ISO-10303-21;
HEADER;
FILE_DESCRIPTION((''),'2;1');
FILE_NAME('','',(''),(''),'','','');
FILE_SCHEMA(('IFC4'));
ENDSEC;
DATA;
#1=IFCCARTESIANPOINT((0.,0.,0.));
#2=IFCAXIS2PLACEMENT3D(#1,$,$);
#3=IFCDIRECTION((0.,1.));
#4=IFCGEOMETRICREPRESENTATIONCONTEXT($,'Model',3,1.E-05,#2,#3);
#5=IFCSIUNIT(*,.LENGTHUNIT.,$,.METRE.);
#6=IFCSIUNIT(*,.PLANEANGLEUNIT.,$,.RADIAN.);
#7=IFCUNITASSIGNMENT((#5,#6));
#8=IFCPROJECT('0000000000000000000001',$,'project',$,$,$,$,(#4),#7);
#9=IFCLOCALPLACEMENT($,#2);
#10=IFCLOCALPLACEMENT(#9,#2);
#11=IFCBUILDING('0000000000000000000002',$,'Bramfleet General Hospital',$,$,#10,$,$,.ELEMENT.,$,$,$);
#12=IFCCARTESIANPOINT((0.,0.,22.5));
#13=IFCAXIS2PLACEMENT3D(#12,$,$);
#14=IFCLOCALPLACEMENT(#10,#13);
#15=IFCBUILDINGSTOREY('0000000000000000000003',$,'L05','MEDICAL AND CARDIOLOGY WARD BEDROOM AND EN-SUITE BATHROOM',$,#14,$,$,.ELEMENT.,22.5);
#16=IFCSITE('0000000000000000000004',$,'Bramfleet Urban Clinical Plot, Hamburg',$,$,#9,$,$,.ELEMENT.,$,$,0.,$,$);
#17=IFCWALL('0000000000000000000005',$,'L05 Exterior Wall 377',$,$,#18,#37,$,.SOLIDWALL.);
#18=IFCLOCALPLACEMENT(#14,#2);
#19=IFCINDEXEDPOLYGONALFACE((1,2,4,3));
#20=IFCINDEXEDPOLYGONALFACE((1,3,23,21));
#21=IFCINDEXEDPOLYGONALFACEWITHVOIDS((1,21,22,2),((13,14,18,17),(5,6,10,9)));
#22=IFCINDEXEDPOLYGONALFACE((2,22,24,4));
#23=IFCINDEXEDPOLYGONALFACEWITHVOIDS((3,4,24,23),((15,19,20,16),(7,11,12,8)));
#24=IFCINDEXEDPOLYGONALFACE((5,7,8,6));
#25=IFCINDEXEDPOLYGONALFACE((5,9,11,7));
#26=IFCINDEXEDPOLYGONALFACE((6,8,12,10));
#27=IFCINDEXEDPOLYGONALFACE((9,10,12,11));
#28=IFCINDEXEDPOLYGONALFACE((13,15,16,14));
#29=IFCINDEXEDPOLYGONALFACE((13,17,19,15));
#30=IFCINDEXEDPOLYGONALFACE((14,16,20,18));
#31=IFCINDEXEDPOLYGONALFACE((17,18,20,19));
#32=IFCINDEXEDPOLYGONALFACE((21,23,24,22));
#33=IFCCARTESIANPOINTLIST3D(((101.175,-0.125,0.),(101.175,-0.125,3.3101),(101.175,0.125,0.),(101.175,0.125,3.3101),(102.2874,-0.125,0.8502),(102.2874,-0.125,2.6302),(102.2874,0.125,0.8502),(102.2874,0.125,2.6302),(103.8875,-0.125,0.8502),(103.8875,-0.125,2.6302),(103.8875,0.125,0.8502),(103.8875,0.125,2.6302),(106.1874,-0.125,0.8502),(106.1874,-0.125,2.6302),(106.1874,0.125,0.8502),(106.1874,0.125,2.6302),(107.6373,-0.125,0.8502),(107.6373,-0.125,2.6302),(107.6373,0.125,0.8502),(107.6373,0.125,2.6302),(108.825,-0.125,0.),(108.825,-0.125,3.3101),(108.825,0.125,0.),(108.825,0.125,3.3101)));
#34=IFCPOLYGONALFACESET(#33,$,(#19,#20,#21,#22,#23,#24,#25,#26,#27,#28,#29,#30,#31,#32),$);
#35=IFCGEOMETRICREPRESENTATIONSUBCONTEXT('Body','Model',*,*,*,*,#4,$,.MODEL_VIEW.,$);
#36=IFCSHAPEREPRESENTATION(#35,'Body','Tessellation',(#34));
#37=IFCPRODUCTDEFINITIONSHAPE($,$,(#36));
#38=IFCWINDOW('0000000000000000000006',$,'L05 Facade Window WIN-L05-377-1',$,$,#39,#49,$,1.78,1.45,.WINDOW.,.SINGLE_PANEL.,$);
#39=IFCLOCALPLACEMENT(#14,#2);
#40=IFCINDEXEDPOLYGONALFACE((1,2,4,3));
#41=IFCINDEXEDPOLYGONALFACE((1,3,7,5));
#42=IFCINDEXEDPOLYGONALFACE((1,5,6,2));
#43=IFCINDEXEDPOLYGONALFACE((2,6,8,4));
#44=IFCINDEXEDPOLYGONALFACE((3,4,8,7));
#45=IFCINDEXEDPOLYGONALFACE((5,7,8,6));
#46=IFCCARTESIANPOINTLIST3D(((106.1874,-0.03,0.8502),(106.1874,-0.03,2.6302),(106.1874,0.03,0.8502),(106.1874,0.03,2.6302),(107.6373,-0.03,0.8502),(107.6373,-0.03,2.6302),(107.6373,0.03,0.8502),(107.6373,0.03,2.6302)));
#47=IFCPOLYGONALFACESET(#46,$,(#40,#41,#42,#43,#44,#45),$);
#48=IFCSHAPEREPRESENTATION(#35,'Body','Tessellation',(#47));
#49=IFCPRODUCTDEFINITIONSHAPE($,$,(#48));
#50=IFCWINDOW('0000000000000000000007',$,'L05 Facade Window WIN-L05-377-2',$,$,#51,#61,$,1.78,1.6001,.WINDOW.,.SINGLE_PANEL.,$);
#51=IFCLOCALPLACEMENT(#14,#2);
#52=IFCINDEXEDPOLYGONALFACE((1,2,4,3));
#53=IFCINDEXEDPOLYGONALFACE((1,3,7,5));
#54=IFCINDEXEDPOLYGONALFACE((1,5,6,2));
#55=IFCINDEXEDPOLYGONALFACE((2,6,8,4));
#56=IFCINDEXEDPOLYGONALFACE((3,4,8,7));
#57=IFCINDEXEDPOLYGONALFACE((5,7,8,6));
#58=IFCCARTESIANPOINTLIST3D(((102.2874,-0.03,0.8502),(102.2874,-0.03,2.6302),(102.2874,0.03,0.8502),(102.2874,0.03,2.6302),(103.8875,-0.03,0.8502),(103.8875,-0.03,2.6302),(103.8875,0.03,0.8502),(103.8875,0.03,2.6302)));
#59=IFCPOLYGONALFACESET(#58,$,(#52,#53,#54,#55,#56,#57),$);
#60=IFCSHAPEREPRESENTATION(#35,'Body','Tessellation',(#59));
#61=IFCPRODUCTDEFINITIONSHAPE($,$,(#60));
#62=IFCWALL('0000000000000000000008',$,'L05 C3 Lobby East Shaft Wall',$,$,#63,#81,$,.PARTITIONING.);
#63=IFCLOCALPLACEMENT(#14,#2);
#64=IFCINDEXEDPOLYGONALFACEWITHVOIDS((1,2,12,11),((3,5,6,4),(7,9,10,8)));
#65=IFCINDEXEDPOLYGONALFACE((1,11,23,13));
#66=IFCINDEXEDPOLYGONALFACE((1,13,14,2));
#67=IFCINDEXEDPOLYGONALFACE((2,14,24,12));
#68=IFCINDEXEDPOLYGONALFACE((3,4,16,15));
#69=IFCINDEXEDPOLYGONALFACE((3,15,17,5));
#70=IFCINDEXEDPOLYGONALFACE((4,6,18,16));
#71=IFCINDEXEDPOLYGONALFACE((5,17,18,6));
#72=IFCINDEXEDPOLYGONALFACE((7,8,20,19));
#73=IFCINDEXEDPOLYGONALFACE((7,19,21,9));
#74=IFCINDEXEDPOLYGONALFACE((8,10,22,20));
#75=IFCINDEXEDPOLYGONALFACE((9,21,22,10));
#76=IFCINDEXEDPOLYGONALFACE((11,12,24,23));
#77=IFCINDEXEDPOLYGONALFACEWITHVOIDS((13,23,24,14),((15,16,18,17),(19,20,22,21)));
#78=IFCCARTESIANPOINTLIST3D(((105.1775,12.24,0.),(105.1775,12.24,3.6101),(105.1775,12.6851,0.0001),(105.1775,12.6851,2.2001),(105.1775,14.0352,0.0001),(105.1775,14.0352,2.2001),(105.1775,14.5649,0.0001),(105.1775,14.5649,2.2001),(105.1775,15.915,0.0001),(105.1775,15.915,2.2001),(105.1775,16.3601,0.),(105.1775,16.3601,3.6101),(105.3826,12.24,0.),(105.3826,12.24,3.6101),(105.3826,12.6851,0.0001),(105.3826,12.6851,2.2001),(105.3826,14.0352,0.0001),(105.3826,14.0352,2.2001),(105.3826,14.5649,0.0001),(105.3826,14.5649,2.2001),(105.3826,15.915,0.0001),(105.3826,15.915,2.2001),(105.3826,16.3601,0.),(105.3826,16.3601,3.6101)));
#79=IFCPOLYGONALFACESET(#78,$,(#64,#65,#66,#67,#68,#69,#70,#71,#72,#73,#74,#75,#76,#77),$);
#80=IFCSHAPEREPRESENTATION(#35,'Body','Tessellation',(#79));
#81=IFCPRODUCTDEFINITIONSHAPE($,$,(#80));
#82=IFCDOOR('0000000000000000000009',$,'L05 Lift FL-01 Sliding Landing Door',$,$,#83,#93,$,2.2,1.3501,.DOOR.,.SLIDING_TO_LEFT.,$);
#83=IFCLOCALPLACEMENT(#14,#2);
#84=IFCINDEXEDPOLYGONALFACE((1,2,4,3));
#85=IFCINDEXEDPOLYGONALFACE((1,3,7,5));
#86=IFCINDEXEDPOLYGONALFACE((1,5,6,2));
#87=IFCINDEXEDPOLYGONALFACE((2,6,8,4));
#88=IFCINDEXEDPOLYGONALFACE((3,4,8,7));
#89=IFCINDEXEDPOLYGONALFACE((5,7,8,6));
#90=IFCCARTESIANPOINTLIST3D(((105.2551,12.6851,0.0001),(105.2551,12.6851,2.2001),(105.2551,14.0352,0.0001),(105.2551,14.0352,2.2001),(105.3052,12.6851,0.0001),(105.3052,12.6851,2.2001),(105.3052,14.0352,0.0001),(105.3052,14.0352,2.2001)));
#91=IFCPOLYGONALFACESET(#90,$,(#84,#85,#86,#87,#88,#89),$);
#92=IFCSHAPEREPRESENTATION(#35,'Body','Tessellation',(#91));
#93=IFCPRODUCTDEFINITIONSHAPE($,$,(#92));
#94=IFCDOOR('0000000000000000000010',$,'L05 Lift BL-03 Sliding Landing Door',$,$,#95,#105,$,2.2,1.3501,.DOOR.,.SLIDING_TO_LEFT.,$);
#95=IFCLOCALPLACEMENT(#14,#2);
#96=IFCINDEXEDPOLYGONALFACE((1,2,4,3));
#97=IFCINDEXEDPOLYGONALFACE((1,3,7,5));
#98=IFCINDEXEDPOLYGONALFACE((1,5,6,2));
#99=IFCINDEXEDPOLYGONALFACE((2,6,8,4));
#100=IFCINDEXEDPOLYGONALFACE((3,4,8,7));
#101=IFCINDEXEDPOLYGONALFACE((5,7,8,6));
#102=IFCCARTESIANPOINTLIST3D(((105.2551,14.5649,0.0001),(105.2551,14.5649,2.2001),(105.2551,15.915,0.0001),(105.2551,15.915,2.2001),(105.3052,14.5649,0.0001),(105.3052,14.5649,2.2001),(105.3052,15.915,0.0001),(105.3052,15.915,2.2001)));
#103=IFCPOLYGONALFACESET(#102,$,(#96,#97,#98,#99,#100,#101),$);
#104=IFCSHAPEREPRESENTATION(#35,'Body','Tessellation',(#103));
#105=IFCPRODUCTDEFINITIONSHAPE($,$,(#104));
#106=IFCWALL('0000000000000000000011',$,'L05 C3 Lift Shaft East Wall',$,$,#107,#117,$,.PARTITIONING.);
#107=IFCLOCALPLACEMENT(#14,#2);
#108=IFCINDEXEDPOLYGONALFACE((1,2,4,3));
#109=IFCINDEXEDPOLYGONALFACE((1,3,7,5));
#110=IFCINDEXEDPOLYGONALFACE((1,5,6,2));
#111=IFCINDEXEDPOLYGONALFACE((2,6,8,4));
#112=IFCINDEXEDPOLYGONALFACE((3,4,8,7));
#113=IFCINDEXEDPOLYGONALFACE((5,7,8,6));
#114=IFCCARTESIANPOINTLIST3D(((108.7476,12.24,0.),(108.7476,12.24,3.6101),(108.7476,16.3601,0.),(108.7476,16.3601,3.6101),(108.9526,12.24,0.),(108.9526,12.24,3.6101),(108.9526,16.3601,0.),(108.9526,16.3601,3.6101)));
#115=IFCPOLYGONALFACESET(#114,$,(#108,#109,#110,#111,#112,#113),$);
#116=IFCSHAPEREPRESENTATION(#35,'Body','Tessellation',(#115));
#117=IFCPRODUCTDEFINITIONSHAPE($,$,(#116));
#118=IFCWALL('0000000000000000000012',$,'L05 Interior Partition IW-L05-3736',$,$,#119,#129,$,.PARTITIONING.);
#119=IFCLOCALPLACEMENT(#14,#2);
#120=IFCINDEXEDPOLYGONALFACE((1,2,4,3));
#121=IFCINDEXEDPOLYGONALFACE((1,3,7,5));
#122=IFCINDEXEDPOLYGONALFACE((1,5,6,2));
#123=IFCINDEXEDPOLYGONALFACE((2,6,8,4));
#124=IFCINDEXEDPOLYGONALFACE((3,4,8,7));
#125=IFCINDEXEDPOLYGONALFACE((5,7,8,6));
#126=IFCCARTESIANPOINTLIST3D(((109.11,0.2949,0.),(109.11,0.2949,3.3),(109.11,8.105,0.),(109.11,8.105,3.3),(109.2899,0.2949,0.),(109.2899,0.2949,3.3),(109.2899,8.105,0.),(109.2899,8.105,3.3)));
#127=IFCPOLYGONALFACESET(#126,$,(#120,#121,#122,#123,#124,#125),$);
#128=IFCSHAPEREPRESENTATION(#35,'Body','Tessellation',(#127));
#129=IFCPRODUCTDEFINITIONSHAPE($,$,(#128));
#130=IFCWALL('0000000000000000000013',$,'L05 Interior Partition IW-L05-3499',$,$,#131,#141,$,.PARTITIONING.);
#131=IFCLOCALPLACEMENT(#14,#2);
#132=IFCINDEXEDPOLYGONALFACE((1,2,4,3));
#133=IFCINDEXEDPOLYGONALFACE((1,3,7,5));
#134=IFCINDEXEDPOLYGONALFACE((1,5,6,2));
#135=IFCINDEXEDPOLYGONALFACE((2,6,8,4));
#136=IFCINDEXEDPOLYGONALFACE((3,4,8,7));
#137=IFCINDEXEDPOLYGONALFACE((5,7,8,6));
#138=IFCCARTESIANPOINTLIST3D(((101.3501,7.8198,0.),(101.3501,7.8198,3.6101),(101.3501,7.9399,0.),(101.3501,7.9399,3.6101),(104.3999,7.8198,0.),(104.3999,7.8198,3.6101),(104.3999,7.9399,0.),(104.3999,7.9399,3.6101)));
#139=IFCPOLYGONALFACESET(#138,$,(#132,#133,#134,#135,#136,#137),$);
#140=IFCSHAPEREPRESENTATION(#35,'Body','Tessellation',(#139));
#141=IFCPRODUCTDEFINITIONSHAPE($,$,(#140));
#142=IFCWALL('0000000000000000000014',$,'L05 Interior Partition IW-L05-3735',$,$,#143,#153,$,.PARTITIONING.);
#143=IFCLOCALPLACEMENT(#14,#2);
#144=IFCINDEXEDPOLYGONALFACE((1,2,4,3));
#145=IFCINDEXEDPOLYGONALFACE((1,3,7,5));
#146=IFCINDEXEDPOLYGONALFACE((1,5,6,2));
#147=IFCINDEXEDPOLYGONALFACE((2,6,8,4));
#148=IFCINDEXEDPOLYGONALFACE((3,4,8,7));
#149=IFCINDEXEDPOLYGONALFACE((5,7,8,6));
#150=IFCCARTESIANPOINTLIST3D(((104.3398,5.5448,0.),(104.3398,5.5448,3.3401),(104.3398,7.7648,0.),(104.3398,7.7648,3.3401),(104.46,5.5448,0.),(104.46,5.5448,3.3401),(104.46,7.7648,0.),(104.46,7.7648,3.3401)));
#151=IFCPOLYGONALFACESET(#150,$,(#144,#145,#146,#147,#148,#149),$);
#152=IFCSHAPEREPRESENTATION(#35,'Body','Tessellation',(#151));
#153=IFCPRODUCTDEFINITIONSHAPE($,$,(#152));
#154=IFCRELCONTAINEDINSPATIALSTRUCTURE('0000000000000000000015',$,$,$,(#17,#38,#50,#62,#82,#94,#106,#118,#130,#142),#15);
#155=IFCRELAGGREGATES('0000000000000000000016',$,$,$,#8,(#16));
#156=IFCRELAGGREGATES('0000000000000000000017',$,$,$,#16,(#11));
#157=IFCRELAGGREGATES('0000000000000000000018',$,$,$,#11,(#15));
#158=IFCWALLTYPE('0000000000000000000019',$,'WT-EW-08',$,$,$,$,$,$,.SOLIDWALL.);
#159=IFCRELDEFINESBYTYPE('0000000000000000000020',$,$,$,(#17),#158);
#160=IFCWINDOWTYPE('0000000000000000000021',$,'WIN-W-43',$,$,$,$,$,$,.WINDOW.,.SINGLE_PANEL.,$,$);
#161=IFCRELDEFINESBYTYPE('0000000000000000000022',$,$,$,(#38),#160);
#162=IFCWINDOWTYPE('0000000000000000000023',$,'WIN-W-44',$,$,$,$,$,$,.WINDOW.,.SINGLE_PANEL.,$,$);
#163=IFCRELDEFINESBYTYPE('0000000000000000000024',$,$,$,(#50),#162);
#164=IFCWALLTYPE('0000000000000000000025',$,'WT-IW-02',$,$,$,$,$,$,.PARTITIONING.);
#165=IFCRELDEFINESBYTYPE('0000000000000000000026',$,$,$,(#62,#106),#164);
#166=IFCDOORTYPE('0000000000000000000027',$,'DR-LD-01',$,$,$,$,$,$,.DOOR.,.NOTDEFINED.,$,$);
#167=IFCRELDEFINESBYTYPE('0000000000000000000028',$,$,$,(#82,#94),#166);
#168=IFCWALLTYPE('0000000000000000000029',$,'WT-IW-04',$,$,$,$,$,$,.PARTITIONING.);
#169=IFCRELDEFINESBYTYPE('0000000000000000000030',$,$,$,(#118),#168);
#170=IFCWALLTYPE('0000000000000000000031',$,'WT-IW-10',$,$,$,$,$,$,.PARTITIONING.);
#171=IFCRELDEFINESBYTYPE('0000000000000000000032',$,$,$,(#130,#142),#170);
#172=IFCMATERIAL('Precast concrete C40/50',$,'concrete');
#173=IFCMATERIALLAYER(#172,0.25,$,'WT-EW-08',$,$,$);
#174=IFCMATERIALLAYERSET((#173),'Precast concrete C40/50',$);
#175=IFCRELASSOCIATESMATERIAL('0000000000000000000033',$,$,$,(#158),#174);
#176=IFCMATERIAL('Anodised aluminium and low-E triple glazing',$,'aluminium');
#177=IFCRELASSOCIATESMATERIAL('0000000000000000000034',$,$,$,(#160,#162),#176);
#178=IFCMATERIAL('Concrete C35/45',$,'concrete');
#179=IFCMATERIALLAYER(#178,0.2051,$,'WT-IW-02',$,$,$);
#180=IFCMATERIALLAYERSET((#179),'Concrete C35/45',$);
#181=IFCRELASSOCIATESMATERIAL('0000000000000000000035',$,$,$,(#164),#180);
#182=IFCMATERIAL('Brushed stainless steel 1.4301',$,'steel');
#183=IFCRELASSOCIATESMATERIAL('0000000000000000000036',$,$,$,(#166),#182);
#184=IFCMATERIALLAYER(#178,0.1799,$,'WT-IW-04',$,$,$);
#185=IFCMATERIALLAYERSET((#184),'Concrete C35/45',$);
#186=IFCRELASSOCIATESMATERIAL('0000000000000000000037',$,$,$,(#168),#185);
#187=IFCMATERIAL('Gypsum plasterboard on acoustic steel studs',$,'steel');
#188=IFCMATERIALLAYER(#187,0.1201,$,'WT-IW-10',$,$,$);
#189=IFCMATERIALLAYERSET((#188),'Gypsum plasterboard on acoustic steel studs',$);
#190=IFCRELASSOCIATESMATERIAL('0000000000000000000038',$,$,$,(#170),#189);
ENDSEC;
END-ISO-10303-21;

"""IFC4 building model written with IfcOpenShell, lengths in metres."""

from ifc_helpers import new_model, si_unit, direction, frame, frame_2d, origin, place, context, subcontext, project, spatial, rectangle, extrude, material, layer, layer_set, type_object, element, fill, save


model = new_model("IFC4")

# Units and contexts
model_context = context("Model", 3, precision=1e-05, world=origin(), true_north=direction((0.0, 1.0)))
body_context = subcontext(model_context, "Body", "Model", "MODEL_VIEW")
ifc_project = project(units=[si_unit("LENGTHUNIT", "METRE"), si_unit("PLANEANGLEUNIT", "RADIAN")], contexts=[model_context])

# Site, building, storey
site_placement = place(None, origin())
site = spatial("IfcSite", under=ifc_project, at=site_placement, Name="Bramfleet Urban Clinical Plot, Hamburg", CompositionType="ELEMENT", RefElevation=0.0)
building_placement = place(site_placement, origin())
building = spatial("IfcBuilding", under=site, at=building_placement, Name="Bramfleet General Hospital", CompositionType="ELEMENT")
storey_placement = place(building_placement, frame((0.0, 0.0, 22.5)))
storey = spatial("IfcBuildingStorey", under=building, at=storey_placement, Name="L05", Description="MEDICAL AND CARDIOLOGY WARD BEDROOM AND EN-SUITE BATHROOM", CompositionType="ELEMENT", Elevation=22.5)

# Shared definitions
ifc_material_1 = material(Name="Concrete C35/45", Category="concrete")

# Wall, openings, windows
ifc_material_2 = material(Name="Precast concrete C40/50", Category="concrete")
ifc_layer_1 = layer(ifc_material_2, 0.25, Name="WT-EW-08")
ifc_layer_set_1 = layer_set([ifc_layer_1], Name="Precast concrete C40/50")
wall_type_1 = type_object("IfcWallType", Name="WT-EW-08", PredefinedType="SOLIDWALL", material=ifc_layer_set_1)
wall_1_placement = place(storey_placement, frame((108.825, 0.0, 0.0), z_axis=(0.0, 0.0, 1.0), x_axis=(-1.0, 0.0, 0.0)))
wall_1 = element("IfcWall", 1, at=wall_1_placement, inside=storey, type_object=wall_type_1, Name="L05 Exterior Wall 377", PredefinedType="SOLIDWALL", context=body_context, shape_type="SweptSolid", body=[
    extrude(rectangle(XDim=7.6499, YDim=0.25, at=frame_2d((3.825, 0.0))), origin(), (0.0, 0.0, 1.0), 3.3101),
])
opening_1_placement = place(wall_1_placement, frame((1.1875, 0.0, 0.8501)))
opening_1 = element("IfcOpeningElement", 2, at=opening_1_placement, cuts=wall_1, PredefinedType="OPENING", context=body_context, shape_type="SweptSolid", body=[
    extrude(rectangle(XDim=1.45, YDim=1.78, at=frame_2d((0.7251, 0.8901))), frame((0.0, 0.135, 0.0), z_axis=(0.0, -1.0, 0.0), x_axis=(1.0, 0.0, 0.0)), (0.0, 0.0, 1.0), 0.27),
])
opening_2_placement = place(wall_1_placement, frame((4.9375, 0.0, 0.8501)))
opening_2 = element("IfcOpeningElement", 3, at=opening_2_placement, cuts=wall_1, PredefinedType="OPENING", context=body_context, shape_type="SweptSolid", body=[
    extrude(rectangle(XDim=1.6001, YDim=1.78, at=frame_2d((0.8, 0.8901))), frame((0.0, 0.135, 0.0), z_axis=(0.0, -1.0, 0.0), x_axis=(1.0, 0.0, 0.0)), (0.0, 0.0, 1.0), 0.27),
])
ifc_material_3 = material(Name="Anodised aluminium and low-E triple glazing", Category="aluminium")
window_type_1 = type_object("IfcWindowType", Name="WIN-W-43", PartitioningType="SINGLE_PANEL", PredefinedType="WINDOW", material=ifc_material_3)
window_1_placement = place(opening_1_placement, origin())
window_1 = element("IfcWindow", 4, at=window_1_placement, inside=storey, type_object=window_type_1, Name="L05 Facade Window WIN-L05-377-1", OverallHeight=1.78, OverallWidth=1.45, PartitioningType="SINGLE_PANEL", PredefinedType="WINDOW", context=body_context, shape_type="SweptSolid", body=[
    extrude(rectangle(XDim=1.45, YDim=1.78, at=frame_2d((0.7251, 0.8901))), frame((0.0, 0.03, 0.0), z_axis=(0.0, -1.0, 0.0), x_axis=(1.0, 0.0, 0.0)), (0.0, 0.0, 1.0), 0.0601),
])
fill(opening_1, window_1)
window_type_2 = type_object("IfcWindowType", Name="WIN-W-44", PartitioningType="SINGLE_PANEL", PredefinedType="WINDOW", material=ifc_material_3)
window_2_placement = place(opening_2_placement, origin())
window_2 = element("IfcWindow", 5, at=window_2_placement, inside=storey, type_object=window_type_2, Name="L05 Facade Window WIN-L05-377-2", OverallHeight=1.78, OverallWidth=1.6001, PartitioningType="SINGLE_PANEL", PredefinedType="WINDOW", context=body_context, shape_type="SweptSolid", body=[
    extrude(rectangle(XDim=1.6001, YDim=1.78, at=frame_2d((0.8, 0.8901))), frame((0.0, 0.03, 0.0), z_axis=(0.0, -1.0, 0.0), x_axis=(1.0, 0.0, 0.0)), (0.0, 0.0, 1.0), 0.0601),
])
fill(opening_2, window_2)

# Wall, openings, doors
ifc_layer_2 = layer(ifc_material_1, 0.2051, Name="WT-IW-02")
ifc_layer_set_2 = layer_set([ifc_layer_2], Name="Concrete C35/45")
wall_type_2 = type_object("IfcWallType", Name="WT-IW-02", PredefinedType="PARTITIONING", material=ifc_layer_set_2)
wall_2_placement = place(storey_placement, frame((105.28, 12.24, 0.0), z_axis=(0.0, 0.0, 1.0), x_axis=(0.0, 1.0, 0.0)))
wall_2 = element("IfcWall", 6, at=wall_2_placement, inside=storey, type_object=wall_type_2, Name="L05 C3 Lobby East Shaft Wall", PredefinedType="PARTITIONING", context=body_context, shape_type="SweptSolid", body=[
    extrude(rectangle(XDim=4.1201, YDim=0.2051, at=frame_2d((2.0601, 0.0))), origin(), (0.0, 0.0, 1.0), 3.6101),
])
opening_3_placement = place(wall_2_placement, frame((0.4451, 0.0, 0.0)))
opening_3 = element("IfcOpeningElement", 7, at=opening_3_placement, cuts=wall_2, PredefinedType="OPENING", context=body_context, shape_type="SweptSolid", body=[
    extrude(rectangle(XDim=1.3501, YDim=2.2, at=frame_2d((0.675, 1.1001))), frame((0.0, 0.1125, 0.0), z_axis=(0.0, -1.0, 0.0), x_axis=(1.0, 0.0, 0.0)), (0.0, 0.0, 1.0), 0.2251),
])
opening_4_placement = place(wall_2_placement, frame((2.325, 0.0, 0.0)))
opening_4 = element("IfcOpeningElement", 8, at=opening_4_placement, cuts=wall_2, PredefinedType="OPENING", context=body_context, shape_type="SweptSolid", body=[
    extrude(rectangle(XDim=1.3501, YDim=2.2, at=frame_2d((0.675, 1.1001))), frame((0.0, 0.1125, 0.0), z_axis=(0.0, -1.0, 0.0), x_axis=(1.0, 0.0, 0.0)), (0.0, 0.0, 1.0), 0.2251),
])
ifc_material_4 = material(Name="Brushed stainless steel 1.4301", Category="steel")
door_type = type_object("IfcDoorType", Name="DR-LD-01", OperationType="NOTDEFINED", PredefinedType="DOOR", material=ifc_material_4)
door_1_placement = place(opening_3_placement, origin())
door_1 = element("IfcDoor", 9, at=door_1_placement, inside=storey, type_object=door_type, Name="L05 Lift FL-01 Sliding Landing Door", OperationType="SLIDING_TO_LEFT", OverallHeight=2.2, OverallWidth=1.3501, PredefinedType="DOOR", context=body_context, shape_type="SweptSolid", body=[
    extrude(rectangle(XDim=1.3501, YDim=2.2, at=frame_2d((0.675, 1.1001))), frame((0.0, 0.0249, 0.0), z_axis=(0.0, -1.0, 0.0), x_axis=(1.0, 0.0, 0.0)), (0.0, 0.0, 1.0), 0.05),
])
fill(opening_3, door_1)
door_2_placement = place(opening_4_placement, origin())
door_2 = element("IfcDoor", 10, at=door_2_placement, inside=storey, type_object=door_type, Name="L05 Lift BL-03 Sliding Landing Door", OperationType="SLIDING_TO_LEFT", OverallHeight=2.2, OverallWidth=1.3501, PredefinedType="DOOR", context=body_context, shape_type="SweptSolid", body=[
    extrude(rectangle(XDim=1.3501, YDim=2.2, at=frame_2d((0.675, 1.1001))), frame((0.0, 0.0249, 0.0), z_axis=(0.0, -1.0, 0.0), x_axis=(1.0, 0.0, 0.0)), (0.0, 0.0, 1.0), 0.05),
])
fill(opening_4, door_2)

# Walls
wall_3_placement = place(storey_placement, frame((108.8501, 12.24, 0.0), z_axis=(0.0, 0.0, 1.0), x_axis=(0.0, 1.0, 0.0)))
element("IfcWall", 11, at=wall_3_placement, inside=storey, type_object=wall_type_2, Name="L05 C3 Lift Shaft East Wall", PredefinedType="PARTITIONING", context=body_context, shape_type="SweptSolid", body=[
    extrude(rectangle(XDim=4.1201, YDim=0.2051, at=frame_2d((2.0601, 0.0))), origin(), (0.0, 0.0, 1.0), 3.6101),
])
ifc_layer_3 = layer(ifc_material_1, 0.1799, Name="WT-IW-04")
ifc_layer_set_3 = layer_set([ifc_layer_3], Name="Concrete C35/45")
wall_type_3 = type_object("IfcWallType", Name="WT-IW-04", PredefinedType="PARTITIONING", material=ifc_layer_set_3)
wall_4_placement = place(storey_placement, frame((109.2, 0.2949, 0.0), z_axis=(0.0, 0.0, 1.0), x_axis=(0.0, 1.0, 0.0)))
element("IfcWall", 12, at=wall_4_placement, inside=storey, type_object=wall_type_3, Name="L05 Interior Partition IW-L05-3736", PredefinedType="PARTITIONING", context=body_context, shape_type="SweptSolid", body=[
    extrude(rectangle(XDim=7.8101, YDim=0.1799, at=frame_2d((3.905, 0.0))), origin(), (0.0, 0.0, 1.0), 3.3),
])
ifc_material_5 = material(Name="Gypsum plasterboard on acoustic steel studs", Category="steel")
ifc_layer_4 = layer(ifc_material_5, 0.1201, Name="WT-IW-10")
ifc_layer_set_4 = layer_set([ifc_layer_4], Name="Gypsum plasterboard on acoustic steel studs")
wall_type_4 = type_object("IfcWallType", Name="WT-IW-10", PredefinedType="PARTITIONING", material=ifc_layer_set_4)
wall_5_placement = place(storey_placement, frame((101.3501, 7.8799, 0.0), z_axis=(0.0, 0.0, 1.0), x_axis=(1.0, 0.0, 0.0)))
element("IfcWall", 13, at=wall_5_placement, inside=storey, type_object=wall_type_4, Name="L05 Interior Partition IW-L05-3499", PredefinedType="PARTITIONING", context=body_context, shape_type="SweptSolid", body=[
    extrude(rectangle(XDim=3.0498, YDim=0.1201, at=frame_2d((1.5249, 0.0))), origin(), (0.0, 0.0, 1.0), 3.6101),
])
wall_6_placement = place(storey_placement, frame((104.3999, 5.5449, 0.0), z_axis=(0.0, 0.0, 1.0), x_axis=(0.0, 1.0, 0.0)))
element("IfcWall", 14, at=wall_6_placement, inside=storey, type_object=wall_type_4, Name="L05 Interior Partition IW-L05-3735", PredefinedType="PARTITIONING", context=body_context, shape_type="SweptSolid", body=[
    extrude(rectangle(XDim=2.22, YDim=0.1201, at=frame_2d((1.1099, 0.0))), origin(), (0.0, 0.0, 1.0), 3.3401),
])

save(model, "model.ifc")
